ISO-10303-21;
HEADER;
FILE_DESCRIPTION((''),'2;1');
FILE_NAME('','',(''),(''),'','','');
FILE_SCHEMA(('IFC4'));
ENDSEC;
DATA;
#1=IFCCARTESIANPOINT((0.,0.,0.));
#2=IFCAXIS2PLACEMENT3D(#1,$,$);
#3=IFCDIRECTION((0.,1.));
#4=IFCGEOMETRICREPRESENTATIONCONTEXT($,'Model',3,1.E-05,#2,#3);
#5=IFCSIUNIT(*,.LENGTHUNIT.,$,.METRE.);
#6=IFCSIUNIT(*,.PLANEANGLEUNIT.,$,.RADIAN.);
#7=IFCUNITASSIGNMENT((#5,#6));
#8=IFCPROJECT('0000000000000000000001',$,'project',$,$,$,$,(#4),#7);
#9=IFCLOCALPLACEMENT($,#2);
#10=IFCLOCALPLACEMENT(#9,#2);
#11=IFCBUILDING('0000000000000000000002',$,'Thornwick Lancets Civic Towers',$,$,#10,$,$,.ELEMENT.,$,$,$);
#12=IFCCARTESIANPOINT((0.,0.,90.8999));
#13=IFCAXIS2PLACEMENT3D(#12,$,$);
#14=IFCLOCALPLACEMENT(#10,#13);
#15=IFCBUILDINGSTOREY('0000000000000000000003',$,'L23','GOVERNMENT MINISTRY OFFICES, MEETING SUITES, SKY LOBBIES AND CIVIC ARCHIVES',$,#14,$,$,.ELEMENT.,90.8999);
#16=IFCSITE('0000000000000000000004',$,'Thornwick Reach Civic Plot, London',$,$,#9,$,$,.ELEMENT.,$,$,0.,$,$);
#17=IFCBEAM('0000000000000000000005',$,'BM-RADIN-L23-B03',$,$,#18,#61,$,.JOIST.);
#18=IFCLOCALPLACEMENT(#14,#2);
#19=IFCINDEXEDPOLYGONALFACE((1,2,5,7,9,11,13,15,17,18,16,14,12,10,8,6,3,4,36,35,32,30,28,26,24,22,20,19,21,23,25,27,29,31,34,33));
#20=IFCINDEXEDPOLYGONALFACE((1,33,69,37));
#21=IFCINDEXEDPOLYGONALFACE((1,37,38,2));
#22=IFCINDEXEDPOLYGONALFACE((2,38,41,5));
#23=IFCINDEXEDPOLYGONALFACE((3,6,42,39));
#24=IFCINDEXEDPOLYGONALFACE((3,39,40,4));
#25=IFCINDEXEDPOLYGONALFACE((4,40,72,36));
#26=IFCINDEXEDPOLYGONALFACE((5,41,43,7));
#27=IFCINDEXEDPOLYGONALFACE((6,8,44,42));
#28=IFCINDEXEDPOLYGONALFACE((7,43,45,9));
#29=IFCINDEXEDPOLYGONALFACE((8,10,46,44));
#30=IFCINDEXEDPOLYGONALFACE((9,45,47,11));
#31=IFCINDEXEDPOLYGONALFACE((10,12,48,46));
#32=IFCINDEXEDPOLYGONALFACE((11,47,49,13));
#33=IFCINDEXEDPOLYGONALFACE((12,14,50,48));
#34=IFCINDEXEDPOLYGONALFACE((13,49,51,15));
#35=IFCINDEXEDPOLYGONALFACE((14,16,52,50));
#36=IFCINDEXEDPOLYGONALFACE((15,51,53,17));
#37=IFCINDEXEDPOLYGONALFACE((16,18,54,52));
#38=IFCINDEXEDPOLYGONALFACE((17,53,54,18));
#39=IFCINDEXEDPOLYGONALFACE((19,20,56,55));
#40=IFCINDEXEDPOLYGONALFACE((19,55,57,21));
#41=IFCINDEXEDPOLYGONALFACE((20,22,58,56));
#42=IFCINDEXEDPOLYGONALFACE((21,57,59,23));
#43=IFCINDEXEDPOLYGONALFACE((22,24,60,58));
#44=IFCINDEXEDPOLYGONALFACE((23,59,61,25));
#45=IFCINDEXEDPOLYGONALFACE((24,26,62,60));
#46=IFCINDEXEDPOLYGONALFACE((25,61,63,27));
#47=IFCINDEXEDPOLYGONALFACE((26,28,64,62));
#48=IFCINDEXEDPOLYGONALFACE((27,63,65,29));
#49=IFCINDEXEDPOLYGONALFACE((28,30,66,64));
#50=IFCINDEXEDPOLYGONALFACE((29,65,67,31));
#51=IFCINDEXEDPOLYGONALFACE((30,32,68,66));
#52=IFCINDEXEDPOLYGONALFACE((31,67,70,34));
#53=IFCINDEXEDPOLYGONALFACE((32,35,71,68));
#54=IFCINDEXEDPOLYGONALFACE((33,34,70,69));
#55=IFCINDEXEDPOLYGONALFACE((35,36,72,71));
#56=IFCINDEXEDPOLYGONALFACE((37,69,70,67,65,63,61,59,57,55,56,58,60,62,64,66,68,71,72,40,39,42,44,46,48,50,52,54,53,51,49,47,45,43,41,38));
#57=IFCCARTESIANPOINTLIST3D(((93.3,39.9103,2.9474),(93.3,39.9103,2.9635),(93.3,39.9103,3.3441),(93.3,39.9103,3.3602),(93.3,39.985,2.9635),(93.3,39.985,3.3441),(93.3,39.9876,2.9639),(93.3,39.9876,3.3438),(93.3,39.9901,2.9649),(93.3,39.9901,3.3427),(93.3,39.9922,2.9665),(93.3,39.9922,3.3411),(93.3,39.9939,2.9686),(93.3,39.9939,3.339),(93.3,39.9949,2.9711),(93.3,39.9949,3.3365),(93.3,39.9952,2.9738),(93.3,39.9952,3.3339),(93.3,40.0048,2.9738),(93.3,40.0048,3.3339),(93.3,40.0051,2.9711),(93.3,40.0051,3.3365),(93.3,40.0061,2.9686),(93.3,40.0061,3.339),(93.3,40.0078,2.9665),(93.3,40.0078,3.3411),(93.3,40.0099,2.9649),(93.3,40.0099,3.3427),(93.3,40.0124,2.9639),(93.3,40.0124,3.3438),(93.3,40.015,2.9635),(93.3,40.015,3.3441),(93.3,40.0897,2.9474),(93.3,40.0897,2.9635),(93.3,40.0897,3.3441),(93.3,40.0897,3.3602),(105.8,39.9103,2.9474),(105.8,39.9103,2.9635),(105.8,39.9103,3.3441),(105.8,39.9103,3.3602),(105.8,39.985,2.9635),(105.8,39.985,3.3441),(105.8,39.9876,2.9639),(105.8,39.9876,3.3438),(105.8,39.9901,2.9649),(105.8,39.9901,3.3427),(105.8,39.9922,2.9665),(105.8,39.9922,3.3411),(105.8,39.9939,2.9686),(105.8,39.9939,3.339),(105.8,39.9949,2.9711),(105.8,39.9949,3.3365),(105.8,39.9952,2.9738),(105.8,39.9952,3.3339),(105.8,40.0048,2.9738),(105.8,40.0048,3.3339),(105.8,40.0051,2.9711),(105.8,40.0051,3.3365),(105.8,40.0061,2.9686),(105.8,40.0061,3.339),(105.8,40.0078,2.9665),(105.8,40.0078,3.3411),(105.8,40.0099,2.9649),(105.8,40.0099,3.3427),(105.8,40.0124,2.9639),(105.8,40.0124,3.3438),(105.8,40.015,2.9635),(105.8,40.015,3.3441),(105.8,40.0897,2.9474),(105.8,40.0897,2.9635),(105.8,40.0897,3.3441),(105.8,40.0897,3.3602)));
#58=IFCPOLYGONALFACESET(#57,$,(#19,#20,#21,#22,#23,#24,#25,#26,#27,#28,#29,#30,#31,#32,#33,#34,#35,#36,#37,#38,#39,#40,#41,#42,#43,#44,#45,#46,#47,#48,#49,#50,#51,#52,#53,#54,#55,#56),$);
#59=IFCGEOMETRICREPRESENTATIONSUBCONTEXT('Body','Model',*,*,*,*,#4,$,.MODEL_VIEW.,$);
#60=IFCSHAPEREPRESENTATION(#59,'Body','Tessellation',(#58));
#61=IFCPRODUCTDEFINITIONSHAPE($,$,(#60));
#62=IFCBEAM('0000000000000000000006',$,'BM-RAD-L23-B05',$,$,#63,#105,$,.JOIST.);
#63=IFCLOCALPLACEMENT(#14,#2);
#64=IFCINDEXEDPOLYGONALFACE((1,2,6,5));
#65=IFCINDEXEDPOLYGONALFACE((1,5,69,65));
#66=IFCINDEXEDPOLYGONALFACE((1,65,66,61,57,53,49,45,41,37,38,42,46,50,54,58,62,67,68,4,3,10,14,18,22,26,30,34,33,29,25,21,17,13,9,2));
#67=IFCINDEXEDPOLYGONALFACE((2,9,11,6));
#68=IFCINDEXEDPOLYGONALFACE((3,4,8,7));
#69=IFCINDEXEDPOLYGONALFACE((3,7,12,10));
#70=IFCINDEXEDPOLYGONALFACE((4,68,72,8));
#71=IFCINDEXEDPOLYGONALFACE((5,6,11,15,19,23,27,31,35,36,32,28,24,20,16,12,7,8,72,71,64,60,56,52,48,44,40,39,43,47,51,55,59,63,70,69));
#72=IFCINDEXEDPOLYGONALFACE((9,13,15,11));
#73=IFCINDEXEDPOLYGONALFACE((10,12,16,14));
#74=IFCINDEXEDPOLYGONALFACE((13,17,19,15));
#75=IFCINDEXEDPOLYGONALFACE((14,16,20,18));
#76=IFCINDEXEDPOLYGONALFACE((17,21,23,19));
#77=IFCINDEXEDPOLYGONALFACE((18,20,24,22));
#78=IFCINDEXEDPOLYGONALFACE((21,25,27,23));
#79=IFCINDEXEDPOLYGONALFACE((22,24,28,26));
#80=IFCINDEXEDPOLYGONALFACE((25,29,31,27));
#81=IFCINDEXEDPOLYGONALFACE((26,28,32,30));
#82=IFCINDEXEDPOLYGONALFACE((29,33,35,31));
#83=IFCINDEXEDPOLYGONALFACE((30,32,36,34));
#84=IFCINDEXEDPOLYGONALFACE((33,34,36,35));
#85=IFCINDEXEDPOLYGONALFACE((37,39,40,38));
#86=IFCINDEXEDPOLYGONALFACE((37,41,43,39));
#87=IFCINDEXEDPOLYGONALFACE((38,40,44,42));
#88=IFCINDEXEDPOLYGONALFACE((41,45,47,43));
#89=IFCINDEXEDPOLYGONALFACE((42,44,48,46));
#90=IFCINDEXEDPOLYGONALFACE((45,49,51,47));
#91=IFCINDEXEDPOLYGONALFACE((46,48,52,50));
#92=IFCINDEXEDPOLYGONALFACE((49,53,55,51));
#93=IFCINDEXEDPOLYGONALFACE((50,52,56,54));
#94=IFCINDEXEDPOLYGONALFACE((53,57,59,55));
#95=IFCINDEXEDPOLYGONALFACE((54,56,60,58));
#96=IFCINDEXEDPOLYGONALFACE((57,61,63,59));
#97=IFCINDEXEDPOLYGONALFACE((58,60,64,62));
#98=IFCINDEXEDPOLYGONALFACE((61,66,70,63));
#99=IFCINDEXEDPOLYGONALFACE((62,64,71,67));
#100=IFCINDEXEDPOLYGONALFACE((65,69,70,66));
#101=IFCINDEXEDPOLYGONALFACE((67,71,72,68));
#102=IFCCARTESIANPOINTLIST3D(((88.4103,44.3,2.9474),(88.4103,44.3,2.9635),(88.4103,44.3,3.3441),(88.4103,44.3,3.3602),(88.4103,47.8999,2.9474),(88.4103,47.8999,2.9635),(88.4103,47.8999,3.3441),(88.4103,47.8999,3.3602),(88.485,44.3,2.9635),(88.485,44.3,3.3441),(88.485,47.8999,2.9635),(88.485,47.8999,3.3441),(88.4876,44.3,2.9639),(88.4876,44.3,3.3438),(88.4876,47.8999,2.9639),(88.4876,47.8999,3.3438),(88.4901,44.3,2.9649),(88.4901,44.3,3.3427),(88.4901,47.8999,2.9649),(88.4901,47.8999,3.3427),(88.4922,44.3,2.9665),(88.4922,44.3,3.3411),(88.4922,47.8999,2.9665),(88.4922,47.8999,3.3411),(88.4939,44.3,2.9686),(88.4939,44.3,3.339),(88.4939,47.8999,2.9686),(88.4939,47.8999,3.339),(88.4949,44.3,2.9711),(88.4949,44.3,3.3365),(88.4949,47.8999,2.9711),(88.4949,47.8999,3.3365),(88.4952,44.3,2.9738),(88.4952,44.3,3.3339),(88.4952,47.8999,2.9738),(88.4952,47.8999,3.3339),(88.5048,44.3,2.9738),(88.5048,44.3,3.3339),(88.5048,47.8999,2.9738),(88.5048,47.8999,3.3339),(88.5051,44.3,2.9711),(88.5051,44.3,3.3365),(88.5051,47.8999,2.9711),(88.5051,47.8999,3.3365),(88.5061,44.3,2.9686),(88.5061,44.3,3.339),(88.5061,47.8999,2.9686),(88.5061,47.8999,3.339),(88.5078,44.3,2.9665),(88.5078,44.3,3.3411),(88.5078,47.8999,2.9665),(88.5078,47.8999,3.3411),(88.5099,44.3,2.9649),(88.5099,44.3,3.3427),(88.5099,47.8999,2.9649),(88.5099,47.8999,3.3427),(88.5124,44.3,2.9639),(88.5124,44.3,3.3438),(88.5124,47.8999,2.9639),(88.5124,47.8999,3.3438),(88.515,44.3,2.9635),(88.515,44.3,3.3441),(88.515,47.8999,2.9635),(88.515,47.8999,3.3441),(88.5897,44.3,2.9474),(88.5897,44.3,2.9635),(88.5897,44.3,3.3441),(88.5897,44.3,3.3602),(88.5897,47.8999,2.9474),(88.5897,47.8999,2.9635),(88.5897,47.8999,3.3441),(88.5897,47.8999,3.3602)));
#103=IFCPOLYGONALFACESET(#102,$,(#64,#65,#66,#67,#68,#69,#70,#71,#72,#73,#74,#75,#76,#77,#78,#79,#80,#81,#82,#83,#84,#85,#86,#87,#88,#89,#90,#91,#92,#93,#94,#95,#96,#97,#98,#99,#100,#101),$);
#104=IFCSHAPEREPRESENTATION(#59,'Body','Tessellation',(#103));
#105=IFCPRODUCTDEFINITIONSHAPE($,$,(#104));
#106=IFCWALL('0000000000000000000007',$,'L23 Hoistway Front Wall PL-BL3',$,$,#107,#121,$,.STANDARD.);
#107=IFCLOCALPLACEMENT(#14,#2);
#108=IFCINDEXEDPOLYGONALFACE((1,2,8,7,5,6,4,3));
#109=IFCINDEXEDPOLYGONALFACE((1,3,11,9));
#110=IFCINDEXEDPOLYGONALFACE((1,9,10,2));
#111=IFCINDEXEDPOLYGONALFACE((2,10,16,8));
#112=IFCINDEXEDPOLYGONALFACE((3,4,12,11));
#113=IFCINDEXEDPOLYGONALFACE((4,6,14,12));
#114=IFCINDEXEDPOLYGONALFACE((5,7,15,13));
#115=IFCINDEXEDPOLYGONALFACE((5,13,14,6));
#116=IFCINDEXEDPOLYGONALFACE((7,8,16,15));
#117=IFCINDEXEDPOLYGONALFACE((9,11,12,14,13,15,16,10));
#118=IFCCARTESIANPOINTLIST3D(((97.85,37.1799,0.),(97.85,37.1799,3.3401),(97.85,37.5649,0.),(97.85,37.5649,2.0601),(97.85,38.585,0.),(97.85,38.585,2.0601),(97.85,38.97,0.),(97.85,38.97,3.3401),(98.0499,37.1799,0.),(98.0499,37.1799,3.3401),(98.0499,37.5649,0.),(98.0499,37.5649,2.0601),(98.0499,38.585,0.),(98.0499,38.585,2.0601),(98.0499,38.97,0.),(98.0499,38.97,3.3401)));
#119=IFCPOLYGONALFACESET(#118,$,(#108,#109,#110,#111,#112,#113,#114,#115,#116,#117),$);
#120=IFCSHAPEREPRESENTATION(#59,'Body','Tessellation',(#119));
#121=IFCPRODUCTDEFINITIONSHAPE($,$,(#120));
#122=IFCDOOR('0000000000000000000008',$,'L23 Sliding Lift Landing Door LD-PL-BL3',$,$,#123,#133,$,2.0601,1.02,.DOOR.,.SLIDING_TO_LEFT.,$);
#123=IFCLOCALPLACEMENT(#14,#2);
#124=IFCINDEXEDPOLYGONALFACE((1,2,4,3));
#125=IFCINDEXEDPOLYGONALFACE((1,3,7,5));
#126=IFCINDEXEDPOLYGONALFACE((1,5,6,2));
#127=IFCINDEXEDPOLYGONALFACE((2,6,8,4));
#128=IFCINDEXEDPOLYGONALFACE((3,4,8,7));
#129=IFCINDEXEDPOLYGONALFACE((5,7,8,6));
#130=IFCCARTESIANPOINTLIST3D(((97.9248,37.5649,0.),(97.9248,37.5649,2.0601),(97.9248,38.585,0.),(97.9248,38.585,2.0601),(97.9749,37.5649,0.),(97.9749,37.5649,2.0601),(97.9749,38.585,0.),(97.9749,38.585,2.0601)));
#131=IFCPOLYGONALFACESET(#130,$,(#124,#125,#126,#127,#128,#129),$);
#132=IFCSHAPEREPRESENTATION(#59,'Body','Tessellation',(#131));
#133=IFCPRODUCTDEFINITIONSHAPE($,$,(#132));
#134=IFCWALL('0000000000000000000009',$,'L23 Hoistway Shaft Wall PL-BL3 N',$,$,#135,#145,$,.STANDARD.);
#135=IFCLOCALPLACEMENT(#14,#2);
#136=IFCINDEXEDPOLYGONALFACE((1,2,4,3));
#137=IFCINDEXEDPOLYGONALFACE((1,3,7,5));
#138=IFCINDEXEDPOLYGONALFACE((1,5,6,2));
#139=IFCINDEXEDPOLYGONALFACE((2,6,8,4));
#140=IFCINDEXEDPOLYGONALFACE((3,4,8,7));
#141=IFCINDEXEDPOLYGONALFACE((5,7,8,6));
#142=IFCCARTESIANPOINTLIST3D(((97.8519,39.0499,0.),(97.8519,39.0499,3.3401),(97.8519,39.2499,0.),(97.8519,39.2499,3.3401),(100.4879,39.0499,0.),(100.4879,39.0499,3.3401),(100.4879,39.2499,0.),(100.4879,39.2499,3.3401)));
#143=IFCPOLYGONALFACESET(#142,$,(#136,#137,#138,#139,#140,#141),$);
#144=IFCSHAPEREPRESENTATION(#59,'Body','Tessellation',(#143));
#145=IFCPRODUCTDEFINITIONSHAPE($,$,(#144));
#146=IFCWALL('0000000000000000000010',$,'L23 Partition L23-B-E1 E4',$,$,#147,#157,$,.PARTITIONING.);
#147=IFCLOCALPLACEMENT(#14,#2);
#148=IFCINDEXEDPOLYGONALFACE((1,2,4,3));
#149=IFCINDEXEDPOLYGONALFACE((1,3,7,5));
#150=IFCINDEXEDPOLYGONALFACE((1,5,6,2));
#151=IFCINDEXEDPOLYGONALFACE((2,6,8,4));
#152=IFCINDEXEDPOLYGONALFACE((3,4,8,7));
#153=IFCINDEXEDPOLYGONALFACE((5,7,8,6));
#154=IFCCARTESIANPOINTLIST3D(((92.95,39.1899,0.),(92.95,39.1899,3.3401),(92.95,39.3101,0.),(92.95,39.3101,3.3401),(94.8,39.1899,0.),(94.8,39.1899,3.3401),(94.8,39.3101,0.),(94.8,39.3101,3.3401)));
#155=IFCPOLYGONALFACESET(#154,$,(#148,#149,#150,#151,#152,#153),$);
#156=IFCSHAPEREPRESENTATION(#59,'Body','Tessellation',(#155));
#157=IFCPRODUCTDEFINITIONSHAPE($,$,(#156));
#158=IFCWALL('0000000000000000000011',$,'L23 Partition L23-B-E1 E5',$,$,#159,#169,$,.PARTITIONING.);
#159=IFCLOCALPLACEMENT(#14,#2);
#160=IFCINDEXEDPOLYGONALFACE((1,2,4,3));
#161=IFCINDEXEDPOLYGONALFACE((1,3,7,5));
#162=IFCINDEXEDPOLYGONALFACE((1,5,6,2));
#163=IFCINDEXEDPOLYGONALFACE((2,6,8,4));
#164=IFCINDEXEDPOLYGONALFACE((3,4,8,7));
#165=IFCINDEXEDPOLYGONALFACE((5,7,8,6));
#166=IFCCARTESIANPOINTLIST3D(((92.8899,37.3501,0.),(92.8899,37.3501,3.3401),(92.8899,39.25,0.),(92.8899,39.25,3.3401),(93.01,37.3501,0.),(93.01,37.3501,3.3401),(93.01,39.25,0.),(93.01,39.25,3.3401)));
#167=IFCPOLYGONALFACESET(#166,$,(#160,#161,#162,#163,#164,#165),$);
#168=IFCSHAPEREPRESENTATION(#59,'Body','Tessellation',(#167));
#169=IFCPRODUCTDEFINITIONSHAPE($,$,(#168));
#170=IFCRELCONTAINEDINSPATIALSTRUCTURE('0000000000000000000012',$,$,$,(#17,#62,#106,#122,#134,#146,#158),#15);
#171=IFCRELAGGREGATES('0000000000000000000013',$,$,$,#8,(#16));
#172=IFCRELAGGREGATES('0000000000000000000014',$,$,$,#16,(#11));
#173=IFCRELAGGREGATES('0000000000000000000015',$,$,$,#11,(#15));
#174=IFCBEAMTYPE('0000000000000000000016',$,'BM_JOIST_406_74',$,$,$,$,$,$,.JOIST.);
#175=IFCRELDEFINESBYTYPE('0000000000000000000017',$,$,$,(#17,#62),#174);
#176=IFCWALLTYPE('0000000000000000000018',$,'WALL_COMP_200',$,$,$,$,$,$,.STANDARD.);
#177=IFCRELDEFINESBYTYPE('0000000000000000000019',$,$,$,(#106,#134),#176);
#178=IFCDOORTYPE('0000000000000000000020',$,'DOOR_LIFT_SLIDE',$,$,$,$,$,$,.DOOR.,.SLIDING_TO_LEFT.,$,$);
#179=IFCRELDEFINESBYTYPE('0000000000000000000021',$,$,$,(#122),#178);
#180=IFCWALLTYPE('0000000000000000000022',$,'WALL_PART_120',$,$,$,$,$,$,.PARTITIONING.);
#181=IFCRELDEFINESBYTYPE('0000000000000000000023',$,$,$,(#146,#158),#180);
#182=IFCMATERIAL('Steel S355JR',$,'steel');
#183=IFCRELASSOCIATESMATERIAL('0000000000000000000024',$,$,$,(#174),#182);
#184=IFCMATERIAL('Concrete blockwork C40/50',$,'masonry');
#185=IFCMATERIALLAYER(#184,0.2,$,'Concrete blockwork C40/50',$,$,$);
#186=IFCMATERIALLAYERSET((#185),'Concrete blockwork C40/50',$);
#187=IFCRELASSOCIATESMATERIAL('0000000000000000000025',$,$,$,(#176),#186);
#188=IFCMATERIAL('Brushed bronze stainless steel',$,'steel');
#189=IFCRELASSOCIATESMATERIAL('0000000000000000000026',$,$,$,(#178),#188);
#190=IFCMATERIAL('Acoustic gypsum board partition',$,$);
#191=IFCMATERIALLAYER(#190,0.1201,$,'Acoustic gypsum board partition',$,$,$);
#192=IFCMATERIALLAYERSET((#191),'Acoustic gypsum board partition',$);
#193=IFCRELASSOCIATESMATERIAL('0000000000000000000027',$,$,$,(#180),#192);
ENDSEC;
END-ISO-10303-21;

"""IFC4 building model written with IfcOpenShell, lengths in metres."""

from ifc_helpers import new_model, si_unit, direction, frame, frame_2d, origin, origin_2d, place, context, subcontext, project, spatial, rectangle, i_section, extrude, material, layer, layer_set, material_profile, profile_set, type_object, element, fill, save


model = new_model("IFC4")

# Units and contexts
model_context = context("Model", 3, precision=1e-05, world=origin(), true_north=direction((0.0, 1.0)))
body_context = subcontext(model_context, "Body", "Model", "MODEL_VIEW")
ifc_project = project(units=[si_unit("LENGTHUNIT", "METRE"), si_unit("PLANEANGLEUNIT", "RADIAN")], contexts=[model_context])

# Site, building, storey
site_placement = place(None, origin())
site = spatial("IfcSite", under=ifc_project, at=site_placement, Name="Thornwick Reach Civic Plot, London", CompositionType="ELEMENT", RefElevation=0.0)
building_placement = place(site_placement, origin())
building = spatial("IfcBuilding", under=site, at=building_placement, Name="Thornwick Lancets Civic Towers", CompositionType="ELEMENT")
storey_placement = place(building_placement, frame((0.0, 0.0, 90.8999)))
storey = spatial("IfcBuildingStorey", under=building, at=storey_placement, Name="L23", Description="GOVERNMENT MINISTRY OFFICES, MEETING SUITES, SKY LOBBIES AND CIVIC ARCHIVES", CompositionType="ELEMENT", Elevation=90.8999)

# Beams
ifc_material_1 = material(Name="Steel S355JR", Category="steel")
ifc_material_profile_1 = material_profile(ifc_material_1, i_section(OverallWidth=0.1794, OverallDepth=0.4128, WebThickness=0.0095, FlangeThickness=0.0161, FilletRadius=0.0103, at=origin_2d()), Name="UKB 406x178x74")
ifc_profile_set_1 = profile_set([ifc_material_profile_1], Name="Steel S355JR")
beam_type_1 = type_object("IfcBeamType", Name="BM_JOIST_406_74", PredefinedType="JOIST", material=ifc_profile_set_1)
beam_1_placement = place(storey_placement, frame((93.3, 40.0, 3.1538), z_axis=(1.0, 0.0, 0.0), x_axis=(0.0, 1.0, 0.0)))
element("IfcBeam", 1, at=beam_1_placement, inside=storey, type_object=beam_type_1, Name="BM-RADIN-L23-B03", PredefinedType="JOIST", context=body_context, shape_type="SweptSolid", body=[
    extrude(i_section(OverallWidth=0.1794, OverallDepth=0.4128, WebThickness=0.0095, FlangeThickness=0.0161, FilletRadius=0.0103, at=origin_2d()), origin(), (0.0, 0.0, 1.0), 12.5),
])
beam_2_placement = place(storey_placement, frame((88.5, 44.3, 3.1538), z_axis=(0.0, 1.0, 0.0), x_axis=(-1.0, 0.0, 0.0)))
element("IfcBeam", 2, at=beam_2_placement, inside=storey, type_object=beam_type_1, Name="BM-RAD-L23-B05", PredefinedType="JOIST", context=body_context, shape_type="SweptSolid", body=[
    extrude(i_section(OverallWidth=0.1794, OverallDepth=0.4128, WebThickness=0.0095, FlangeThickness=0.0161, FilletRadius=0.0103, at=origin_2d()), origin(), (0.0, 0.0, 1.0), 3.5999),
])

# Wall, opening, door
ifc_material_2 = material(Name="Concrete blockwork C40/50", Category="masonry")
ifc_layer_1 = layer(ifc_material_2, 0.2, Name="Concrete blockwork C40/50")
ifc_layer_set_1 = layer_set([ifc_layer_1], Name="Concrete blockwork C40/50")
wall_type_1 = type_object("IfcWallType", Name="WALL_COMP_200", PredefinedType="STANDARD", material=ifc_layer_set_1)
wall_1_placement = place(storey_placement, frame((97.95, 38.97, 0.0), z_axis=(0.0, 0.0, 1.0), x_axis=(0.0, -1.0, 0.0)))
wall_1 = element("IfcWall", 3, at=wall_1_placement, inside=storey, type_object=wall_type_1, Name="L23 Hoistway Front Wall PL-BL3", PredefinedType="STANDARD", context=body_context, shape_type="SweptSolid", body=[
    extrude(rectangle(XDim=1.79, YDim=0.2, at=frame_2d((0.895, 0.0))), origin(), (0.0, 0.0, 1.0), 3.3401),
])
opening_1_placement = place(wall_1_placement, frame((0.385, 0.0, 0.0)))
opening_1 = element("IfcOpeningElement", 4, at=opening_1_placement, cuts=wall_1, PredefinedType="OPENING", context=body_context, shape_type="SweptSolid", body=[
    extrude(rectangle(XDim=1.02, YDim=2.0601, at=frame_2d((0.51, 1.03))), frame((0.0, 0.1099, 0.0), z_axis=(0.0, -1.0, 0.0), x_axis=(1.0, 0.0, 0.0)), (0.0, 0.0, 1.0), 0.22),
])
ifc_material_3 = material(Name="Brushed bronze stainless steel", Category="steel")
door_type_1 = type_object("IfcDoorType", Name="DOOR_LIFT_SLIDE", OperationType="SLIDING_TO_LEFT", PredefinedType="DOOR", material=ifc_material_3)
door_1_placement = place(opening_1_placement, origin())
door_1 = element("IfcDoor", 5, at=door_1_placement, inside=storey, type_object=door_type_1, Name="L23 Sliding Lift Landing Door LD-PL-BL3", OperationType="SLIDING_TO_LEFT", OverallHeight=2.0601, OverallWidth=1.02, PredefinedType="DOOR", context=body_context, shape_type="SweptSolid", body=[
    extrude(rectangle(XDim=1.02, YDim=2.0601, at=frame_2d((0.51, 1.03))), frame((0.0, 0.0249, 0.0), z_axis=(0.0, -1.0, 0.0), x_axis=(1.0, 0.0, 0.0)), (0.0, 0.0, 1.0), 0.05),
])
fill(opening_1, door_1)

# Walls
wall_2_placement = place(storey_placement, frame((97.8521, 39.1499, 0.0), z_axis=(0.0, 0.0, 1.0), x_axis=(1.0, 0.0, 0.0)))
element("IfcWall", 6, at=wall_2_placement, inside=storey, type_object=wall_type_1, Name="L23 Hoistway Shaft Wall PL-BL3 N", PredefinedType="STANDARD", context=body_context, shape_type="SweptSolid", body=[
    extrude(rectangle(XDim=2.636, YDim=0.2, at=frame_2d((1.3179, 0.0))), origin(), (0.0, 0.0, 1.0), 3.3401),
])
ifc_material_4 = material(Name="Acoustic gypsum board partition")
ifc_layer_2 = layer(ifc_material_4, 0.1201, Name="Acoustic gypsum board partition")
ifc_layer_set_2 = layer_set([ifc_layer_2], Name="Acoustic gypsum board partition")
wall_type_2 = type_object("IfcWallType", Name="WALL_PART_120", PredefinedType="PARTITIONING", material=ifc_layer_set_2)
wall_3_placement = place(storey_placement, frame((94.8, 39.25, 0.0), z_axis=(0.0, 0.0, 1.0), x_axis=(-1.0, 0.0, 0.0)))
element("IfcWall", 7, at=wall_3_placement, inside=storey, type_object=wall_type_2, Name="L23 Partition L23-B-E1 E4", PredefinedType="PARTITIONING", context=body_context, shape_type="SweptSolid", body=[
    extrude(rectangle(XDim=1.8501, YDim=0.1201, at=frame_2d((0.925, 0.0))), origin(), (0.0, 0.0, 1.0), 3.3401),
])
wall_4_placement = place(storey_placement, frame((92.95, 39.25, 0.0), z_axis=(0.0, 0.0, 1.0), x_axis=(0.0, -1.0, 0.0)))
element("IfcWall", 8, at=wall_4_placement, inside=storey, type_object=wall_type_2, Name="L23 Partition L23-B-E1 E5", PredefinedType="PARTITIONING", context=body_context, shape_type="SweptSolid", body=[
    extrude(rectangle(XDim=1.8999, YDim=0.1201, at=frame_2d((0.95, 0.0))), origin(), (0.0, 0.0, 1.0), 3.3401),
])

save(model, "model.ifc")
